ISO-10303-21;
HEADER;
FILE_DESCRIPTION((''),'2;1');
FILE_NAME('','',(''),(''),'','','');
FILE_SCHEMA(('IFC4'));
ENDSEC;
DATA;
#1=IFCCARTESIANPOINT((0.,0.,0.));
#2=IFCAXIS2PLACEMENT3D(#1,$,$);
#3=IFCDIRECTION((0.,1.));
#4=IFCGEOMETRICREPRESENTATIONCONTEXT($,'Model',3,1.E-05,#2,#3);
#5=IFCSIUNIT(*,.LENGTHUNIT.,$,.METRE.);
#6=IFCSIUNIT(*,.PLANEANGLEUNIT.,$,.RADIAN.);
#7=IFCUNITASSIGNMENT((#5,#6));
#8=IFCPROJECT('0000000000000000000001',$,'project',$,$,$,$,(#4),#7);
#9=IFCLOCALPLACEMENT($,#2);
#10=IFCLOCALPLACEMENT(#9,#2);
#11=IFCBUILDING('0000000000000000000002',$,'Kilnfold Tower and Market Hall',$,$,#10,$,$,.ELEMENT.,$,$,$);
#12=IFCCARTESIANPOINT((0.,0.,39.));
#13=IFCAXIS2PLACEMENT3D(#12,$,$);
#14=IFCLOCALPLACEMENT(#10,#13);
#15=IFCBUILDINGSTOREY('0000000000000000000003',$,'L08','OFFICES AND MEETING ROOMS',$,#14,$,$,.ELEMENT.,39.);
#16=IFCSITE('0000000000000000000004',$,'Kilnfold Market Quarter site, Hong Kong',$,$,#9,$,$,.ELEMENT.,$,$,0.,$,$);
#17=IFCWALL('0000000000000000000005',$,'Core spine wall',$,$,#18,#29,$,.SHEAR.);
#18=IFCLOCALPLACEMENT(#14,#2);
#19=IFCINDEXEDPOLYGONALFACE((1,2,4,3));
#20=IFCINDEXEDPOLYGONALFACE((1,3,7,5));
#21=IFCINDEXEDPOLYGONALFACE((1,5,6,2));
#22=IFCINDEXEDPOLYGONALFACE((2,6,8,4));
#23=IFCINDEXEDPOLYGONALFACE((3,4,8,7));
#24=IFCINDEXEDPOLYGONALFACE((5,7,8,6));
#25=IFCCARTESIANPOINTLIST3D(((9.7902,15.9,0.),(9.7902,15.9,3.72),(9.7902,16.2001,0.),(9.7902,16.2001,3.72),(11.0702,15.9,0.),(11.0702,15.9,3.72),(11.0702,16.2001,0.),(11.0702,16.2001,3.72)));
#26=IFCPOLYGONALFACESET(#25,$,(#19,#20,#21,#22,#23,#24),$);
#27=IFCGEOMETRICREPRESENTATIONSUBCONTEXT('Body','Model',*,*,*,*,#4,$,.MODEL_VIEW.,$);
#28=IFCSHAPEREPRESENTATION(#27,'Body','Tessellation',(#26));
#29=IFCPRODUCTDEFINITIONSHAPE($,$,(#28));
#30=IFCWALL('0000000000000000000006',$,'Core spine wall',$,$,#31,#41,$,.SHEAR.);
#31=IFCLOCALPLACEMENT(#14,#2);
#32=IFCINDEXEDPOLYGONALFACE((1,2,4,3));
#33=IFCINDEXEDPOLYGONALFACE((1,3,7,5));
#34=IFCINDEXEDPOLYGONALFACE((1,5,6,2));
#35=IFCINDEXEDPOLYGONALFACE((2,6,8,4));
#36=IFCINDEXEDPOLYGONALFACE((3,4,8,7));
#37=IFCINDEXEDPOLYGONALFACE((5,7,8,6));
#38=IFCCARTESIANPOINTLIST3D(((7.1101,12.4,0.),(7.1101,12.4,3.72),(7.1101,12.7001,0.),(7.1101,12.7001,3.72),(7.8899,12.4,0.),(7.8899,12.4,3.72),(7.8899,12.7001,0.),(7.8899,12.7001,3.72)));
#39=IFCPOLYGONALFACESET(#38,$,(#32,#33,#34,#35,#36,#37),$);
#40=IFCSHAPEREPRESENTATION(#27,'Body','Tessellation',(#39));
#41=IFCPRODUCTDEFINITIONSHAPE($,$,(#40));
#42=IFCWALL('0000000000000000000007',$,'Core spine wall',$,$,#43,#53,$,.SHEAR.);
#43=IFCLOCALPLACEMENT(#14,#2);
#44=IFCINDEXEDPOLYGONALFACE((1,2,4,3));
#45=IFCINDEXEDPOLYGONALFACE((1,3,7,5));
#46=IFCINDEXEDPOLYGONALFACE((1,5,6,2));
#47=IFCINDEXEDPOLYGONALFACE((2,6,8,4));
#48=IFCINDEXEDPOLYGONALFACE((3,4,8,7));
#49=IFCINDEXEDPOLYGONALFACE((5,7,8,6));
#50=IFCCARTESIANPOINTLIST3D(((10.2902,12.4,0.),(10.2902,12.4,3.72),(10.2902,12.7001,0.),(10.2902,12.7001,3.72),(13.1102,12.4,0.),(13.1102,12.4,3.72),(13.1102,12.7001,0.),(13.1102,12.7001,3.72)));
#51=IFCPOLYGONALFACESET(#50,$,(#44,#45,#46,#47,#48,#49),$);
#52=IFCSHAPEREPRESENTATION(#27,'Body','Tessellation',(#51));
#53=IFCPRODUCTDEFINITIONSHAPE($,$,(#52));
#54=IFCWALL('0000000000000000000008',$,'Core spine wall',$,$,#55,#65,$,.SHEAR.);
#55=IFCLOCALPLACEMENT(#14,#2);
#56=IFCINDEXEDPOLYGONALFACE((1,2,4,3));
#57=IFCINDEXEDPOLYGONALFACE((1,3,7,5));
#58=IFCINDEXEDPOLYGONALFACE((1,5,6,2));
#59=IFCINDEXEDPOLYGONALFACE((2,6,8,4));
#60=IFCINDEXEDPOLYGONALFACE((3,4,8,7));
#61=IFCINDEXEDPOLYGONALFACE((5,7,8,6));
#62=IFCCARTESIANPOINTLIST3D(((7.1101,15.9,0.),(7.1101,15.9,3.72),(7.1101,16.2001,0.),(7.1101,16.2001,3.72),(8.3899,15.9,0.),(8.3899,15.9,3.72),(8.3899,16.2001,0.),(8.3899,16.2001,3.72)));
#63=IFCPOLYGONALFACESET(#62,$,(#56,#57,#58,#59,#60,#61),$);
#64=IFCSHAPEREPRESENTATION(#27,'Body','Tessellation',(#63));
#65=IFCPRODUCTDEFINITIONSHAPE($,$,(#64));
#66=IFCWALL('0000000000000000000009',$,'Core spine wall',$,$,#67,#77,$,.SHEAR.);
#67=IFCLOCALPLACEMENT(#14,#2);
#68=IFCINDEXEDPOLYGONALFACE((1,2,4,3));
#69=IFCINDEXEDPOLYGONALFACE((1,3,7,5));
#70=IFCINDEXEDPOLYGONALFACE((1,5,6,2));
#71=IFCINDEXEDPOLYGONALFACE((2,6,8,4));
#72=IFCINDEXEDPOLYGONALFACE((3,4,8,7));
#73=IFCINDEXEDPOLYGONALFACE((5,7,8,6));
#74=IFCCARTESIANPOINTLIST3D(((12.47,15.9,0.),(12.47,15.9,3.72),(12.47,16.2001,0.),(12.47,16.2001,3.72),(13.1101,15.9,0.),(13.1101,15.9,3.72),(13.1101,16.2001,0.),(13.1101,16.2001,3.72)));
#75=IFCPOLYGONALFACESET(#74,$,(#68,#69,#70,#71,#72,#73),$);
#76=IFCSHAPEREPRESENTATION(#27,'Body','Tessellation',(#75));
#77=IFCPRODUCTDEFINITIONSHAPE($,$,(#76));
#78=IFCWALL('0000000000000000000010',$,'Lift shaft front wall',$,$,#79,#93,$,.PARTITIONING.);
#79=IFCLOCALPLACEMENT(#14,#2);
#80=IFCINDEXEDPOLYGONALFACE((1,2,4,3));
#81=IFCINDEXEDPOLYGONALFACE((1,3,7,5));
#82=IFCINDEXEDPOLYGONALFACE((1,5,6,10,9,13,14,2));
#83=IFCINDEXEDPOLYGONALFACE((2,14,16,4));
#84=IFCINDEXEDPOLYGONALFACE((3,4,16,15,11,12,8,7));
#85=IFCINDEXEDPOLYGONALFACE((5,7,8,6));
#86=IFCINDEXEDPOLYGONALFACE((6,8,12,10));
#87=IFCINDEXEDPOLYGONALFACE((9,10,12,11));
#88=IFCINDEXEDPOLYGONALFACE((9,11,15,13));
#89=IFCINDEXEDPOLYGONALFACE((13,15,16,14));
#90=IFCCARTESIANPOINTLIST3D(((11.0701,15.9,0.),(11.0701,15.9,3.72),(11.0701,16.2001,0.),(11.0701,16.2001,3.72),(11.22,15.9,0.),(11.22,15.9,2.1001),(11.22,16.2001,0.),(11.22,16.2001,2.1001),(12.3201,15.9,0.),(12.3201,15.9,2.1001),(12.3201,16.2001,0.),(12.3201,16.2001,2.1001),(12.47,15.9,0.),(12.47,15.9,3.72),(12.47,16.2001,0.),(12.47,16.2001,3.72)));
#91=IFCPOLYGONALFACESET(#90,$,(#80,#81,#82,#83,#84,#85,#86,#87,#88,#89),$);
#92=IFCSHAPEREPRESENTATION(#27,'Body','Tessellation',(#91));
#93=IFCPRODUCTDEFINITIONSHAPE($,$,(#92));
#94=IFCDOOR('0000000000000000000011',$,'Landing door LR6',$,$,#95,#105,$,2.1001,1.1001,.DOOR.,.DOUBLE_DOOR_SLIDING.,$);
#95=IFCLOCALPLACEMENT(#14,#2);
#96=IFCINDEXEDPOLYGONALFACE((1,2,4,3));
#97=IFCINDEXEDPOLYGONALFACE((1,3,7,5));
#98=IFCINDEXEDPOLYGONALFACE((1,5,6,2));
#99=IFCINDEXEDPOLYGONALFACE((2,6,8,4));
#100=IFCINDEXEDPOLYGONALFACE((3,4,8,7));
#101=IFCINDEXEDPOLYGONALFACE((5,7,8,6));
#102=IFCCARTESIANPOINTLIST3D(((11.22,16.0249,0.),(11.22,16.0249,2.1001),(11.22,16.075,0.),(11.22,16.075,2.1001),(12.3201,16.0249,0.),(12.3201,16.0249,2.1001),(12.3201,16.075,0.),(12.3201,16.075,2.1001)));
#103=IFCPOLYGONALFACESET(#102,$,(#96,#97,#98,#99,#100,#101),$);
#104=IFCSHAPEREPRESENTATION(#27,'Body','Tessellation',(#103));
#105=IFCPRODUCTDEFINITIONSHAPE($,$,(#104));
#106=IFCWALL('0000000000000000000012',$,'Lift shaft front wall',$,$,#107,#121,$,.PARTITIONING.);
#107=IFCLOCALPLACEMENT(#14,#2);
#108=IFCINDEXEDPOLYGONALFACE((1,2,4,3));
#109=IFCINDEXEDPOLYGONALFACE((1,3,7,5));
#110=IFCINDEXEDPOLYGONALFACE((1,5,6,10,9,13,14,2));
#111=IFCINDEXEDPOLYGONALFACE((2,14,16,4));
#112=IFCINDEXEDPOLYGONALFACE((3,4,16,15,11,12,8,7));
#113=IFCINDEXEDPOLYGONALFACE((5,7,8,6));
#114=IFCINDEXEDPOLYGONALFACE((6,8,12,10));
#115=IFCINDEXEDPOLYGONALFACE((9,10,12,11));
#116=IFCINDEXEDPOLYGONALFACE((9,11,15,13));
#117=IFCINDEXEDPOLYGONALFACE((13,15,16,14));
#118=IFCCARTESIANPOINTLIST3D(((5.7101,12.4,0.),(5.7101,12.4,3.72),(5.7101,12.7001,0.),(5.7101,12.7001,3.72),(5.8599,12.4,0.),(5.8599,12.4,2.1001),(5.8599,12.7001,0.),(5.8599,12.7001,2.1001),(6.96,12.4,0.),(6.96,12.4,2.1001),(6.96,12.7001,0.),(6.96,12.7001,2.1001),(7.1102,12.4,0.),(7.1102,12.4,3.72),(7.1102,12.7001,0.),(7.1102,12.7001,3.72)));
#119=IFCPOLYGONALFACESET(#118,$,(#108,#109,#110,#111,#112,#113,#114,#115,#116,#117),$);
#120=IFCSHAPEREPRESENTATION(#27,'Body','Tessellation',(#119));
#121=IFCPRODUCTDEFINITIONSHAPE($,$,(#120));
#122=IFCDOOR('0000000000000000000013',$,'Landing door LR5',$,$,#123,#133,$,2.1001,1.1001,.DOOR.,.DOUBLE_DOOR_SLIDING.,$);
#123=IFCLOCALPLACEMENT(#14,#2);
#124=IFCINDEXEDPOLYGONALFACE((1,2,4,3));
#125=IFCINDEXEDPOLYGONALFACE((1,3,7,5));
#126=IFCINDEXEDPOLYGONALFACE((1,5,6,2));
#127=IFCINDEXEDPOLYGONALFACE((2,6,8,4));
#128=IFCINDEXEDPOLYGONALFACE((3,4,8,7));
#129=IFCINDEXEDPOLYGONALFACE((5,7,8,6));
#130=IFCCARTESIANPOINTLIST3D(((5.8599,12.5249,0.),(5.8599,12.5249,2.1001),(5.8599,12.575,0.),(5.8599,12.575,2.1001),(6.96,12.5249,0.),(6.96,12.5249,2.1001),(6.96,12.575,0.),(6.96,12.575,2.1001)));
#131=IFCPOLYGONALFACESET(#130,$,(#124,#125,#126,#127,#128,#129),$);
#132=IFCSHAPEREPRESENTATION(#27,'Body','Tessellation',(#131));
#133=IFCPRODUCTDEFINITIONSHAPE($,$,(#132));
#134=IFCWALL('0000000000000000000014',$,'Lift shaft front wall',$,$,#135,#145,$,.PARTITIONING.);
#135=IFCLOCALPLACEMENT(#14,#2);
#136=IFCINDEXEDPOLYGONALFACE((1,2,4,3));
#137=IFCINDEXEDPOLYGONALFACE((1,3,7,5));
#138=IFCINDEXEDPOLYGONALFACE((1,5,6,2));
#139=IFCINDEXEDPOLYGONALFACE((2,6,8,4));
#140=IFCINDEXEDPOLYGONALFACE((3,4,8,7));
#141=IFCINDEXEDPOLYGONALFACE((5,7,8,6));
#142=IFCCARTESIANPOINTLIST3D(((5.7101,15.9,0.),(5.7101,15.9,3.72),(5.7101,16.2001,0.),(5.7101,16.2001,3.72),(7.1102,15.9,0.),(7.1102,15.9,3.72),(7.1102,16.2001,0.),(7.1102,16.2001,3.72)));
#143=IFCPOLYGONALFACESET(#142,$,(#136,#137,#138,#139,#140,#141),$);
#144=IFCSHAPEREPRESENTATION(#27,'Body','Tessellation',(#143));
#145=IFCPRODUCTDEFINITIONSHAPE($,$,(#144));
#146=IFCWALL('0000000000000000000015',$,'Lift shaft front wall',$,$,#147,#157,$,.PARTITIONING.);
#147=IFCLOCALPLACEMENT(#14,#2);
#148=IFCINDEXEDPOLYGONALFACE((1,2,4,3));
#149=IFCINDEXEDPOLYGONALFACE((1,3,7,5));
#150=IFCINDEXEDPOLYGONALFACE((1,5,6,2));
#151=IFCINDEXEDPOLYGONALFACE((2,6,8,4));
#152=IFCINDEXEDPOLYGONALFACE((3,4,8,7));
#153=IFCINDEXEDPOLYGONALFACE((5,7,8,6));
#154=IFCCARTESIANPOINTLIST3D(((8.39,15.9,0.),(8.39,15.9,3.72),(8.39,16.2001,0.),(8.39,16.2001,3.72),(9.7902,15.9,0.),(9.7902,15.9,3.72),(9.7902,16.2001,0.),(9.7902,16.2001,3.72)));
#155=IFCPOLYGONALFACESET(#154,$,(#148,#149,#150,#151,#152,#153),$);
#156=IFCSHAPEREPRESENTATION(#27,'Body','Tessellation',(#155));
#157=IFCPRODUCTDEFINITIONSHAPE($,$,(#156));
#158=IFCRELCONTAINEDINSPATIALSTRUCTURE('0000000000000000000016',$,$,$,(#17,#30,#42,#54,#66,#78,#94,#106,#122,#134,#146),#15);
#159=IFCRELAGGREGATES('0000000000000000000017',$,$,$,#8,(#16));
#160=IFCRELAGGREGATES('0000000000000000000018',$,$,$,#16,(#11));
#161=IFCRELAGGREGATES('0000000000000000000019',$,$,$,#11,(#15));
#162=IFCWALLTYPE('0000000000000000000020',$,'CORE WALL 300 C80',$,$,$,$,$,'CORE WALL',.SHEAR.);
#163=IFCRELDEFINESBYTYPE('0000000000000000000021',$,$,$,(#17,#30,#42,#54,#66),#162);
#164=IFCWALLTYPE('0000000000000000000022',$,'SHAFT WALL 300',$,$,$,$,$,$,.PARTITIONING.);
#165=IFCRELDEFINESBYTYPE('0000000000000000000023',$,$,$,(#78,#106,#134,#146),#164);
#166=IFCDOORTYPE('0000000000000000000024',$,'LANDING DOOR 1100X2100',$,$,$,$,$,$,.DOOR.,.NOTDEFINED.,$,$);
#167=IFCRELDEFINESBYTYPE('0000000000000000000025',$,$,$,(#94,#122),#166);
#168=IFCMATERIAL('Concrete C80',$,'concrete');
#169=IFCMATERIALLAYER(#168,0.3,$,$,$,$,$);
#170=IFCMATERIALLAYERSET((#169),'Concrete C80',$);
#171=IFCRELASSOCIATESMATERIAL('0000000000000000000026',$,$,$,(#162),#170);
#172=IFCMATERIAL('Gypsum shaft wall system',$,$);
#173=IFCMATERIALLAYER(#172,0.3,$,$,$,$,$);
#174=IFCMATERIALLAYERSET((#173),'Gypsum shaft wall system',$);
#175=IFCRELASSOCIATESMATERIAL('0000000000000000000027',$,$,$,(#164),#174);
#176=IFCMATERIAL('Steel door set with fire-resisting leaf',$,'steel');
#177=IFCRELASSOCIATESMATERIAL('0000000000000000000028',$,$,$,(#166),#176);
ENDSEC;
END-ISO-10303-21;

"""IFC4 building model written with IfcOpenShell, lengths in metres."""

from ifc_helpers import new_model, si_unit, direction, frame, frame_2d, origin, place, context, subcontext, project, spatial, rectangle, extrude, source, transform, mapped, material, layer, layer_set, type_object, element, fill, save


model = new_model("IFC4")

# Units and contexts
model_context = context("Model", 3, precision=1e-05, world=origin(), true_north=direction((0.0, 1.0)))
body_context = subcontext(model_context, "Body", "Model", "MODEL_VIEW")
ifc_project = project(units=[si_unit("LENGTHUNIT", "METRE"), si_unit("PLANEANGLEUNIT", "RADIAN")], contexts=[model_context])

# Site, building, storey
site_placement = place(None, origin())
site = spatial("IfcSite", under=ifc_project, at=site_placement, Name="Kilnfold Market Quarter site, Hong Kong", CompositionType="ELEMENT", RefElevation=0.0)
building_placement = place(site_placement, origin())
building = spatial("IfcBuilding", under=site, at=building_placement, Name="Kilnfold Tower and Market Hall", CompositionType="ELEMENT")
storey_placement = place(building_placement, frame((0.0, 0.0, 39.0)))
storey = spatial("IfcBuildingStorey", under=building, at=storey_placement, Name="L08", Description="OFFICES AND MEETING ROOMS", CompositionType="ELEMENT", Elevation=39.0)

# Walls
ifc_material_1 = material(Name="Concrete C80", Category="concrete")
ifc_layer_1 = layer(ifc_material_1, 0.3)
ifc_layer_set_1 = layer_set([ifc_layer_1], Name="Concrete C80")
wall_type_1 = type_object("IfcWallType", Name="CORE WALL 300 C80", ElementType="CORE WALL", PredefinedType="SHEAR", material=ifc_layer_set_1)
shared_shape_1 = source(origin(), body_context, "Body", "SweptSolid", [
    extrude(rectangle(XDim=1.28, YDim=0.3, at=frame_2d((0.6401, 0.0))), origin(), (0.0, 0.0, 1.0), 3.72),
])
wall_1_placement = place(storey_placement, frame((9.79, 16.05, 0.0), z_axis=(0.0, 0.0, 1.0), x_axis=(1.0, 0.0, 0.0)))
element("IfcWall", 1, at=wall_1_placement, inside=storey, type_object=wall_type_1, Name="Core spine wall", PredefinedType="SHEAR", context=body_context, shape_type="MappedRepresentation", body=[
    mapped(shared_shape_1, transform((0.0, 0.0, 0.0))),
])
shared_shape_2 = source(origin(), body_context, "Body", "SweptSolid", [
    extrude(rectangle(XDim=0.7798, YDim=0.3, at=frame_2d((0.3899, 0.0))), origin(), (0.0, 0.0, 1.0), 3.72),
])
wall_2_placement = place(storey_placement, frame((7.1101, 12.55, 0.0), z_axis=(0.0, 0.0, 1.0), x_axis=(1.0, 0.0, 0.0)))
element("IfcWall", 2, at=wall_2_placement, inside=storey, type_object=wall_type_1, Name="Core spine wall", PredefinedType="SHEAR", context=body_context, shape_type="MappedRepresentation", body=[
    mapped(shared_shape_2, transform((0.0, 0.0, 0.0))),
])
shared_shape_3 = source(origin(), body_context, "Body", "SweptSolid", [
    extrude(rectangle(XDim=2.8201, YDim=0.3, at=frame_2d((1.4102, 0.0))), origin(), (0.0, 0.0, 1.0), 3.72),
])
wall_3_placement = place(storey_placement, frame((10.29, 12.55, 0.0), z_axis=(0.0, 0.0, 1.0), x_axis=(1.0, 0.0, 0.0)))
element("IfcWall", 3, at=wall_3_placement, inside=storey, type_object=wall_type_1, Name="Core spine wall", PredefinedType="SHEAR", context=body_context, shape_type="MappedRepresentation", body=[
    mapped(shared_shape_3, transform((0.0, 0.0, 0.0))),
])
shared_shape_4 = source(origin(), body_context, "Body", "SweptSolid", [
    extrude(rectangle(XDim=1.2798, YDim=0.3, at=frame_2d((0.6399, 0.0))), origin(), (0.0, 0.0, 1.0), 3.72),
])
wall_4_placement = place(storey_placement, frame((7.1101, 16.05, 0.0), z_axis=(0.0, 0.0, 1.0), x_axis=(1.0, 0.0, 0.0)))
element("IfcWall", 4, at=wall_4_placement, inside=storey, type_object=wall_type_1, Name="Core spine wall", PredefinedType="SHEAR", context=body_context, shape_type="MappedRepresentation", body=[
    mapped(shared_shape_4, transform((0.0, 0.0, 0.0))),
])
shared_shape_5 = source(origin(), body_context, "Body", "SweptSolid", [
    extrude(rectangle(XDim=0.6401, YDim=0.3, at=frame_2d((0.3201, 0.0))), origin(), (0.0, 0.0, 1.0), 3.72),
])
wall_5_placement = place(storey_placement, frame((12.47, 16.05, 0.0), z_axis=(0.0, 0.0, 1.0), x_axis=(1.0, 0.0, 0.0)))
element("IfcWall", 5, at=wall_5_placement, inside=storey, type_object=wall_type_1, Name="Core spine wall", PredefinedType="SHEAR", context=body_context, shape_type="MappedRepresentation", body=[
    mapped(shared_shape_5, transform((0.0, 0.0, 0.0))),
])

# Walls, openings, doors
ifc_material_2 = material(Name="Gypsum shaft wall system")
ifc_layer_2 = layer(ifc_material_2, 0.3)
ifc_layer_set_2 = layer_set([ifc_layer_2], Name="Gypsum shaft wall system")
wall_type_2 = type_object("IfcWallType", Name="SHAFT WALL 300", PredefinedType="PARTITIONING", material=ifc_layer_set_2)
shared_shape_6 = source(origin(), body_context, "Body", "SweptSolid", [
    extrude(rectangle(XDim=1.3999, YDim=0.3, at=frame_2d((0.7, 0.0))), origin(), (0.0, 0.0, 1.0), 3.72),
])
wall_6_placement = place(storey_placement, frame((11.0701, 16.05, 0.0), z_axis=(0.0, 0.0, 1.0), x_axis=(1.0, 0.0, 0.0)))
wall_6 = element("IfcWall", 6, at=wall_6_placement, inside=storey, type_object=wall_type_2, Name="Lift shaft front wall", PredefinedType="PARTITIONING", context=body_context, shape_type="MappedRepresentation", body=[
    mapped(shared_shape_6, transform((0.0, 0.0, 0.0))),
])
opening_1_placement = place(wall_6_placement, frame((0.1499, 0.0, 0.0)))
opening_1 = element("IfcOpeningElement", 7, at=opening_1_placement, cuts=wall_6, PredefinedType="OPENING", context=body_context, shape_type="SweptSolid", body=[
    extrude(rectangle(XDim=1.1001, YDim=2.1001, at=frame_2d((0.55, 1.05))), frame((0.0, 0.1602, 0.0), z_axis=(0.0, -1.0, 0.0), x_axis=(1.0, 0.0, 0.0)), (0.0, 0.0, 1.0), 0.3201),
])
ifc_material_3 = material(Name="Steel door set with fire-resisting leaf", Category="steel")
door_type_1 = type_object("IfcDoorType", Name="LANDING DOOR 1100X2100", OperationType="NOTDEFINED", PredefinedType="DOOR", material=ifc_material_3)
door_1_placement = place(opening_1_placement, origin())
door_1 = element("IfcDoor", 8, at=door_1_placement, inside=storey, type_object=door_type_1, Name="Landing door LR6", OperationType="DOUBLE_DOOR_SLIDING", OverallHeight=2.1001, OverallWidth=1.1001, PredefinedType="DOOR", context=body_context, shape_type="SweptSolid", body=[
    extrude(rectangle(XDim=1.1001, YDim=2.1001, at=frame_2d((0.55, 1.05))), frame((0.0, 0.0249, 0.0), z_axis=(0.0, -1.0, 0.0), x_axis=(1.0, 0.0, 0.0)), (0.0, 0.0, 1.0), 0.05),
])
fill(opening_1, door_1)
shared_shape_7 = source(origin(), body_context, "Body", "SweptSolid", [
    extrude(rectangle(XDim=1.4001, YDim=0.3, at=frame_2d((0.7002, 0.0))), origin(), (0.0, 0.0, 1.0), 3.72),
])
wall_7_placement = place(storey_placement, frame((5.71, 12.55, 0.0), z_axis=(0.0, 0.0, 1.0), x_axis=(1.0, 0.0, 0.0)))
wall_7 = element("IfcWall", 9, at=wall_7_placement, inside=storey, type_object=wall_type_2, Name="Lift shaft front wall", PredefinedType="PARTITIONING", context=body_context, shape_type="MappedRepresentation", body=[
    mapped(shared_shape_7, transform((0.0, 0.0, 0.0))),
])
opening_2_placement = place(wall_7_placement, frame((0.1499, 0.0, 0.0)))
opening_2 = element("IfcOpeningElement", 10, at=opening_2_placement, cuts=wall_7, PredefinedType="OPENING", context=body_context, shape_type="SweptSolid", body=[
    extrude(rectangle(XDim=1.1001, YDim=2.1001, at=frame_2d((0.55, 1.05))), frame((0.0, 0.1602, 0.0), z_axis=(0.0, -1.0, 0.0), x_axis=(1.0, 0.0, 0.0)), (0.0, 0.0, 1.0), 0.3201),
])
door_2_placement = place(opening_2_placement, origin())
door_2 = element("IfcDoor", 11, at=door_2_placement, inside=storey, type_object=door_type_1, Name="Landing door LR5", OperationType="DOUBLE_DOOR_SLIDING", OverallHeight=2.1001, OverallWidth=1.1001, PredefinedType="DOOR", context=body_context, shape_type="SweptSolid", body=[
    extrude(rectangle(XDim=1.1001, YDim=2.1001, at=frame_2d((0.55, 1.05))), frame((0.0, 0.0249, 0.0), z_axis=(0.0, -1.0, 0.0), x_axis=(1.0, 0.0, 0.0)), (0.0, 0.0, 1.0), 0.05),
])
fill(opening_2, door_2)

# Walls
for number, where, z_axis, x_axis, name in (
    (12, (5.71, 16.05, 0.0), (0.0, 0.0, 1.0), (1.0, 0.0, 0.0), "Lift shaft front wall"),
    (13, (8.3899, 16.05, 0.0), (0.0, 0.0, 1.0), (1.0, 0.0, 0.0), "Lift shaft front wall"),
):
    element("IfcWall", number, at=place(storey_placement, frame(where, z_axis=z_axis, x_axis=x_axis)), inside=storey, type_object=wall_type_2, Name=name, PredefinedType="PARTITIONING", context=body_context, shape_type="MappedRepresentation", body=[
        mapped(shared_shape_7, transform((0.0, 0.0, 0.0))),
    ])

save(model, "model.ifc")
